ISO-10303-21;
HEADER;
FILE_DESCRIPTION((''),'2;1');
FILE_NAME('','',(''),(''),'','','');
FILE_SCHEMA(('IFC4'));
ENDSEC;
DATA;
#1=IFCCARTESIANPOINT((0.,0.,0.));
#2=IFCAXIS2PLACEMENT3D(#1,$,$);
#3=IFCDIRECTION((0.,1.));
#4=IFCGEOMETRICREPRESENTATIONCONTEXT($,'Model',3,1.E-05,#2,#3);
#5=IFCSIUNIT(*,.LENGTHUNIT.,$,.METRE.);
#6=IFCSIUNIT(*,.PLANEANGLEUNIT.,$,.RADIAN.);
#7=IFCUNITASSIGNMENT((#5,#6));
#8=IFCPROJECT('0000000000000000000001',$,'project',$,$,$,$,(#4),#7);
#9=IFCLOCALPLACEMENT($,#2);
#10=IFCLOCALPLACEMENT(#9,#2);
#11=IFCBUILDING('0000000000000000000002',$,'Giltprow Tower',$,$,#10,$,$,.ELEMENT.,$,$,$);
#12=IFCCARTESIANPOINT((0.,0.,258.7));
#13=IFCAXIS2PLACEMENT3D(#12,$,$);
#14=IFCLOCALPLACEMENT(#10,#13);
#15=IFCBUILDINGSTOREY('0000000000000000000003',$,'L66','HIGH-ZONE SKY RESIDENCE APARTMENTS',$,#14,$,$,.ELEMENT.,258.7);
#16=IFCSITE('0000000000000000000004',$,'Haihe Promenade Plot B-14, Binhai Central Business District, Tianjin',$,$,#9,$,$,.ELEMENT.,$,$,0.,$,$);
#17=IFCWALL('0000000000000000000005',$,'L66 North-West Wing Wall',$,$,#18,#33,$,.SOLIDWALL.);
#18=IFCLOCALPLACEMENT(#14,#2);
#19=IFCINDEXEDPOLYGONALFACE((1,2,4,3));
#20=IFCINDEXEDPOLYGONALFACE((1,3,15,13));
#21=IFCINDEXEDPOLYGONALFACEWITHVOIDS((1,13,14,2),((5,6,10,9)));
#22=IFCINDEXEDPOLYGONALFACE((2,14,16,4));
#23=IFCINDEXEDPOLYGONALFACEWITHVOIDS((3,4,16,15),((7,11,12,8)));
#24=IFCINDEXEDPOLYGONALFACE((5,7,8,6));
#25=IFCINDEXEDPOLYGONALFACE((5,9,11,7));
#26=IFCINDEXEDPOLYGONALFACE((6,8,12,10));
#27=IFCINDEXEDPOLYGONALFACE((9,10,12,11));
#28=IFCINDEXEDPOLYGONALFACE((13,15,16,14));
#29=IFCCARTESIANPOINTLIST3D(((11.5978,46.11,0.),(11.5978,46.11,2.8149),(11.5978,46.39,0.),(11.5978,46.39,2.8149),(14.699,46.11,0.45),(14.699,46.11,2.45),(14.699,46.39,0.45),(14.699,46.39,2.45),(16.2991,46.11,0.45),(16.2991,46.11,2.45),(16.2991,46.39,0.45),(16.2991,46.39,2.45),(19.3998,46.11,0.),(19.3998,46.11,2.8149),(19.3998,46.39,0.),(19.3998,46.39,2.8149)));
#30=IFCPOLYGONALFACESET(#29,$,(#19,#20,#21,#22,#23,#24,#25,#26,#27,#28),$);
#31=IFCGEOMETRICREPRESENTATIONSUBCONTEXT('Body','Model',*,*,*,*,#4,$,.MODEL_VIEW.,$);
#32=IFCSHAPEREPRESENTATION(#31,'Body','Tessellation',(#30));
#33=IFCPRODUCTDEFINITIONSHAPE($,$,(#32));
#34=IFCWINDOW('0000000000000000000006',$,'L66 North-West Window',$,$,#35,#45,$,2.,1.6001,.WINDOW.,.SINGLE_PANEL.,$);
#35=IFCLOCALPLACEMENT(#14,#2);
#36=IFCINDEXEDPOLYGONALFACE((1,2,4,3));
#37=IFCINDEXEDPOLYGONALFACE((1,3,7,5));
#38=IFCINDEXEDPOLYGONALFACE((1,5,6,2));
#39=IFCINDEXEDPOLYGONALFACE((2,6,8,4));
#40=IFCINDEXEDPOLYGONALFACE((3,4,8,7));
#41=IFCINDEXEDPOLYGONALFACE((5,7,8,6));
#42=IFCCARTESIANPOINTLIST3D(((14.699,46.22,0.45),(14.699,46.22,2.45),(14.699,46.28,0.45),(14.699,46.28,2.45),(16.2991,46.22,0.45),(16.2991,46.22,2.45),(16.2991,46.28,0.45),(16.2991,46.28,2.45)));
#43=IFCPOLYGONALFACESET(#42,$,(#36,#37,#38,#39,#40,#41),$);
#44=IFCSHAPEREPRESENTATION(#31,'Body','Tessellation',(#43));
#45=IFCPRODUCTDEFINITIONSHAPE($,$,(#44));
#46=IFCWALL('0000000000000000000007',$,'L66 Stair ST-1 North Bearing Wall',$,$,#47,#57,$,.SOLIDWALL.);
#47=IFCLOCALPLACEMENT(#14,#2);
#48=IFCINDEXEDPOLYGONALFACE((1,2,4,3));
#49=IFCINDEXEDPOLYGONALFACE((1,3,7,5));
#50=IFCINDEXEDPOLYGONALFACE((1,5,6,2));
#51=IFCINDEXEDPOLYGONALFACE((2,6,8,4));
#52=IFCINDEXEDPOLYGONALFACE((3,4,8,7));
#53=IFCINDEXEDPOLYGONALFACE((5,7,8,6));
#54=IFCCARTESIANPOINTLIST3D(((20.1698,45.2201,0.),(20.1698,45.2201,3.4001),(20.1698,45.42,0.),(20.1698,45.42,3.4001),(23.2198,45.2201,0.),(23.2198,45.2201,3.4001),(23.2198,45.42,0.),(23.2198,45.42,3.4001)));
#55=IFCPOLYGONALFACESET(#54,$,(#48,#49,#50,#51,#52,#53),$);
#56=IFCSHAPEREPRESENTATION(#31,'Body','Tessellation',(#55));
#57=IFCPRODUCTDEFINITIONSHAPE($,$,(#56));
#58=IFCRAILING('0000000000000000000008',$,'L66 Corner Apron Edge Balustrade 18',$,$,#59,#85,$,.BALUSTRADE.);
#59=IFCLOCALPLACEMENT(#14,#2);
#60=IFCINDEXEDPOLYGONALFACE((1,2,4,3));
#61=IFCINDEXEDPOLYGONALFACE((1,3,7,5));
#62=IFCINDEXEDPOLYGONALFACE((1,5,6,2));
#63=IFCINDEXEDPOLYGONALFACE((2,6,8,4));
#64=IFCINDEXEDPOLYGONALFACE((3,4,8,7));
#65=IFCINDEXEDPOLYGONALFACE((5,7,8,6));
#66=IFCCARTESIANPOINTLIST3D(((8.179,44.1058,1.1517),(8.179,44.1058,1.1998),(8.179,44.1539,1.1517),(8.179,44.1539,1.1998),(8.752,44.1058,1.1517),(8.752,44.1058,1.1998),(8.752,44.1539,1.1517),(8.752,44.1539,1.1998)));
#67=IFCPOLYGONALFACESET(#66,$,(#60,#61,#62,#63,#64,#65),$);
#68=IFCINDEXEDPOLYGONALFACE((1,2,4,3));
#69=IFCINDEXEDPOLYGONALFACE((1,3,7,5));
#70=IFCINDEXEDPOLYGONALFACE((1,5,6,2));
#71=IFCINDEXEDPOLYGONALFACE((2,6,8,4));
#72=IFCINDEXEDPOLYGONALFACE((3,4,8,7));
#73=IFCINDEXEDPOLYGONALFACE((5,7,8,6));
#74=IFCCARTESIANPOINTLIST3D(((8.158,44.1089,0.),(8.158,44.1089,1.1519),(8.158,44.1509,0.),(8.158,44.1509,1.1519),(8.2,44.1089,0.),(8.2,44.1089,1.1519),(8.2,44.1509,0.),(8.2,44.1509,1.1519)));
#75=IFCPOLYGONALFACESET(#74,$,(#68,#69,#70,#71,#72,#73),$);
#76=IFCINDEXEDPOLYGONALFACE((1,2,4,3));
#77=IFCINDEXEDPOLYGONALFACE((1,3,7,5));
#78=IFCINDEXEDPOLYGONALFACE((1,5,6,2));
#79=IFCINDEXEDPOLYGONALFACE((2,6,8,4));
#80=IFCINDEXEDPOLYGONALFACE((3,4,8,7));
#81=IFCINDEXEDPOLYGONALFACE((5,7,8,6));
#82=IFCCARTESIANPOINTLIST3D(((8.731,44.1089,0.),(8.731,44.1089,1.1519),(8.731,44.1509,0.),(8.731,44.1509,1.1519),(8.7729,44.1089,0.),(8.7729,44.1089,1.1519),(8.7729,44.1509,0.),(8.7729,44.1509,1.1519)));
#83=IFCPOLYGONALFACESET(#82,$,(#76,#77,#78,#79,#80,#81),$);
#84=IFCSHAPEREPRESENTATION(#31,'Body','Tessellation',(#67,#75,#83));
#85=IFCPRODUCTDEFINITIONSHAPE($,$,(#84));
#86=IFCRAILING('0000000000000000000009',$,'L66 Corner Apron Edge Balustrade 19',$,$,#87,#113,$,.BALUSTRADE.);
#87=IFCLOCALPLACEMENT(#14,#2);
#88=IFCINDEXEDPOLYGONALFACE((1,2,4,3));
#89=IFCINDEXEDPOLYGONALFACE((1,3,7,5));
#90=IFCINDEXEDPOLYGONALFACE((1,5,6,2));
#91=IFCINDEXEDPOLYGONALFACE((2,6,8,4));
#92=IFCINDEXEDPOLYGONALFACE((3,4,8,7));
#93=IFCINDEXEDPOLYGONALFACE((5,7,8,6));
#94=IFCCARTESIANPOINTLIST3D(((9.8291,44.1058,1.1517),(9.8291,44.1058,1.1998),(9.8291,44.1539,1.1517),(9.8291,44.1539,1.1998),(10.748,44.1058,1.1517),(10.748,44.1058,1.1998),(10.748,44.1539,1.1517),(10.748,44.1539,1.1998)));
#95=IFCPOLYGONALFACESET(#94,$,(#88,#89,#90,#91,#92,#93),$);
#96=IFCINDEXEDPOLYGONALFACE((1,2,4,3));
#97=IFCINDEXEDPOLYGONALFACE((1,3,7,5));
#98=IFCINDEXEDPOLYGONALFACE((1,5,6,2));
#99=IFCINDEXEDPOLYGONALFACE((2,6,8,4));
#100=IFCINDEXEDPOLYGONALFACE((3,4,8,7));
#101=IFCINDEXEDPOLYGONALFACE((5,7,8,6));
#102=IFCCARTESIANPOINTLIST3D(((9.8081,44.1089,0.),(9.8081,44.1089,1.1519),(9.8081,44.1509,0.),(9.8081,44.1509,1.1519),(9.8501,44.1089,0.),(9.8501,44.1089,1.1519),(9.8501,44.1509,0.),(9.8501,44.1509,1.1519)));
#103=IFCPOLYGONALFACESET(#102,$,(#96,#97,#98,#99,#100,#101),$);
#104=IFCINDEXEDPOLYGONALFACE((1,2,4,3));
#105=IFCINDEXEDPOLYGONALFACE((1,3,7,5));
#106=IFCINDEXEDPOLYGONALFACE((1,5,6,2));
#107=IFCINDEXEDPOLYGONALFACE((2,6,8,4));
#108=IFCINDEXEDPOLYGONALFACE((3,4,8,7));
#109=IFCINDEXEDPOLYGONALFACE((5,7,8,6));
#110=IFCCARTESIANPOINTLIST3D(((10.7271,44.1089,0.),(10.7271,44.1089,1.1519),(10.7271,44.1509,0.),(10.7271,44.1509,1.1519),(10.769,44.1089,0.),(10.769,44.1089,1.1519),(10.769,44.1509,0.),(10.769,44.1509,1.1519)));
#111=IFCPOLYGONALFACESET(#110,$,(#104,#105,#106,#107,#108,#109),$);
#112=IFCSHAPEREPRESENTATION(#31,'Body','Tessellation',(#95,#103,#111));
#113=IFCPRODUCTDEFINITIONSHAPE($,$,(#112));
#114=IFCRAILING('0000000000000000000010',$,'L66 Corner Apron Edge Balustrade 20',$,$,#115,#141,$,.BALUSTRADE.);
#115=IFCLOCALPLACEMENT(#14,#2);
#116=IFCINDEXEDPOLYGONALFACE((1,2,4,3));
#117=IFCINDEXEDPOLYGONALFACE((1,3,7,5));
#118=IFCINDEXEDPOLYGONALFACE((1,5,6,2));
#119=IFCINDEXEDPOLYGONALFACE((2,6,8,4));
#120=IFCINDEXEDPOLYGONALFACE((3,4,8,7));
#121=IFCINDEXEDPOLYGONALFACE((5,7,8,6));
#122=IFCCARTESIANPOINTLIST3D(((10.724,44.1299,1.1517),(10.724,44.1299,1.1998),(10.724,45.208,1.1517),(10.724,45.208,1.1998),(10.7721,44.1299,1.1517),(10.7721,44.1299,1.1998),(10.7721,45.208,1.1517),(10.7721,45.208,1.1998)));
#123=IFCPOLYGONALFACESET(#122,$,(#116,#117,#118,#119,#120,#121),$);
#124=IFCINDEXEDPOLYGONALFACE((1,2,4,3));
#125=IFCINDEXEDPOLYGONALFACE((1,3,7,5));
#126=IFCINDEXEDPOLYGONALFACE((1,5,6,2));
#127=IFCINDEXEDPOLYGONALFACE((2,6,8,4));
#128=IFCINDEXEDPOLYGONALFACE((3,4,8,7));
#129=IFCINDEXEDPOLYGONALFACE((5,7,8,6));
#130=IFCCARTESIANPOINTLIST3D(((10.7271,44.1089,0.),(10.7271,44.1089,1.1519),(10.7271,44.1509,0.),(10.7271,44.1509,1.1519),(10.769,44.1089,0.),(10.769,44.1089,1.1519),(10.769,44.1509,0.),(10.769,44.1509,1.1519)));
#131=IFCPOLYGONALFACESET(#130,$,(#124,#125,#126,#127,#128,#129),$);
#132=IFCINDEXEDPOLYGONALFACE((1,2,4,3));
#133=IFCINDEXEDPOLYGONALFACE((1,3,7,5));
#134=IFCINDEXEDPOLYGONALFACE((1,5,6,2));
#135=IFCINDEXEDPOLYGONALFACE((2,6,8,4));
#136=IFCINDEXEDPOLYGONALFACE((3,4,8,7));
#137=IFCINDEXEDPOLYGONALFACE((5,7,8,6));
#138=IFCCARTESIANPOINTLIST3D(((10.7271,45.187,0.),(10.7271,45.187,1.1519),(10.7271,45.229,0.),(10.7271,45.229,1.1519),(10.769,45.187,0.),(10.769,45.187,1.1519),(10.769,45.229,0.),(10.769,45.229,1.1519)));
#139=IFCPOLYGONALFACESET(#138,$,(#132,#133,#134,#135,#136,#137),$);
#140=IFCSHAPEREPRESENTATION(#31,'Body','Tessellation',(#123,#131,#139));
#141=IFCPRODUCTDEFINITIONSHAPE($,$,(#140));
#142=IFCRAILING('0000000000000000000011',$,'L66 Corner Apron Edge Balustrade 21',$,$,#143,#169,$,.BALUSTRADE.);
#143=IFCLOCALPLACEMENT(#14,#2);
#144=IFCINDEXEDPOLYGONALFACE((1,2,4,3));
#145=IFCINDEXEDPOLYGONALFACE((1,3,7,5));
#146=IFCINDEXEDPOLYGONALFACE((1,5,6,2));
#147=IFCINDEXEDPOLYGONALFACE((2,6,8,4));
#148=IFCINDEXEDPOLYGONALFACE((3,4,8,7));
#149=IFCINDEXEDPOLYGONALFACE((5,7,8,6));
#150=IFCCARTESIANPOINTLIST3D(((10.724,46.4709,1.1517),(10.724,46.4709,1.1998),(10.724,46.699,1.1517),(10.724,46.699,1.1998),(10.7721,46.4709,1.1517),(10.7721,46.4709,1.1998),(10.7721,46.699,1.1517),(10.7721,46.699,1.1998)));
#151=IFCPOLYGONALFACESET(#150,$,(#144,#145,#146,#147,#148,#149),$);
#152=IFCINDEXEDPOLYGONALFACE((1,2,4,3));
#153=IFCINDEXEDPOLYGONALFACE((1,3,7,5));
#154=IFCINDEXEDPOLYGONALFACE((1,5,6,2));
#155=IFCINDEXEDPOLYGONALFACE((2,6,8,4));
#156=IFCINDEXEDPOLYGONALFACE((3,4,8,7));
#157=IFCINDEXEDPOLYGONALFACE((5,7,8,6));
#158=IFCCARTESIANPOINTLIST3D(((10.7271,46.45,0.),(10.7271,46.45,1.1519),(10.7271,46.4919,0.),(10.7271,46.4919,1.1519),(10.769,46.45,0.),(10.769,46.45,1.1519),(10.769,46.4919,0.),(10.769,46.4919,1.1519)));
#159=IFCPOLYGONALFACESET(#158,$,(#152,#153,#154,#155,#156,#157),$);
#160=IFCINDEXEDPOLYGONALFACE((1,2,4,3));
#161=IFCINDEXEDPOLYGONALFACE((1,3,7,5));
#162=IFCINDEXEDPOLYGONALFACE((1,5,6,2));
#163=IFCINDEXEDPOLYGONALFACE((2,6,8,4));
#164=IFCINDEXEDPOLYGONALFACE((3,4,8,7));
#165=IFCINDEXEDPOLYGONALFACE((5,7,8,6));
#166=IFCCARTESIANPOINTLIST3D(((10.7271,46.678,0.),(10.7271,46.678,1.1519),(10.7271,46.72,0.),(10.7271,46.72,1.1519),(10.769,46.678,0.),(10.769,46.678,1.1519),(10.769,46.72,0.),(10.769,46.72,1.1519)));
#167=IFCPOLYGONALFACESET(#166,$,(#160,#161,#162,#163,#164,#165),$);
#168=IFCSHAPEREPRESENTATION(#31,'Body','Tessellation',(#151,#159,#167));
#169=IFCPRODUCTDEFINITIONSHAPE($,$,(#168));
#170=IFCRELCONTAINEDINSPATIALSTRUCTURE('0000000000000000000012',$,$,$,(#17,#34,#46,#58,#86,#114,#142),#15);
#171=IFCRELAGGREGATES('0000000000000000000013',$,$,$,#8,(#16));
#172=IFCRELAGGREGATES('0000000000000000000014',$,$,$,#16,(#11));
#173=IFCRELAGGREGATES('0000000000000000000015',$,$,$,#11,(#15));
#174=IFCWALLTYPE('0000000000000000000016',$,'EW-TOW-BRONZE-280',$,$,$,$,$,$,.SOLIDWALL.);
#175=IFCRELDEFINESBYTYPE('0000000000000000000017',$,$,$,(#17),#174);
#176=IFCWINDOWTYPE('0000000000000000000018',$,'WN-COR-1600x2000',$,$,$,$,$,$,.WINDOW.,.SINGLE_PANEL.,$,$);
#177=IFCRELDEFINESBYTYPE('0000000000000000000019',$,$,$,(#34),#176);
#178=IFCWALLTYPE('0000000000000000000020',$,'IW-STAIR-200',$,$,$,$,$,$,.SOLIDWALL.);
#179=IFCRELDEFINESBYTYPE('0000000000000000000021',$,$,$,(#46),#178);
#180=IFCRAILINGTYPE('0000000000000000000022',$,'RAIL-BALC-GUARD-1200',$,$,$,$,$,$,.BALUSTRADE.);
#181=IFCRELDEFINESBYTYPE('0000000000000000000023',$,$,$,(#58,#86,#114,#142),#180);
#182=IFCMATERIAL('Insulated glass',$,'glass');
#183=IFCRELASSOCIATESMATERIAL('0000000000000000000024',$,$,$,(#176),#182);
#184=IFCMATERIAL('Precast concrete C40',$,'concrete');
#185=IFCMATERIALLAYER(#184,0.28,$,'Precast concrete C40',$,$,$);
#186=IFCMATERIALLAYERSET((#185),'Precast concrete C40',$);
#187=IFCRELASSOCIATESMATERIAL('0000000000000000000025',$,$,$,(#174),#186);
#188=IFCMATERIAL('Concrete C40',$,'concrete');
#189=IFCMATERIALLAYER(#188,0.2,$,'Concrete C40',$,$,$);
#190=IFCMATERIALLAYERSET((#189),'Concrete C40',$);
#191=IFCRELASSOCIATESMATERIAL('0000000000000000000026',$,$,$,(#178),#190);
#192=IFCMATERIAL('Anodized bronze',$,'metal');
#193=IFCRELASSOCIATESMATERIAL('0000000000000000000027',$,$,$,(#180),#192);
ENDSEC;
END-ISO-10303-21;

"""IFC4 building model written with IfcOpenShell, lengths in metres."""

from ifc_helpers import new_model, si_unit, direction, frame, frame_2d, origin, origin_2d, place, context, subcontext, project, spatial, rectangle, extrude, source, transform, mapped, material, layer, layer_set, type_object, element, fill, save


model = new_model("IFC4")

# Units and contexts
model_context = context("Model", 3, precision=1e-05, world=origin(), true_north=direction((0.0, 1.0)))
body_context = subcontext(model_context, "Body", "Model", "MODEL_VIEW")
ifc_project = project(units=[si_unit("LENGTHUNIT", "METRE"), si_unit("PLANEANGLEUNIT", "RADIAN")], contexts=[model_context])

# Site, building, storey
site_placement = place(None, origin())
site = spatial("IfcSite", under=ifc_project, at=site_placement, Name="Haihe Promenade Plot B-14, Binhai Central Business District, Tianjin", CompositionType="ELEMENT", RefElevation=0.0)
building_placement = place(site_placement, origin())
building = spatial("IfcBuilding", under=site, at=building_placement, Name="Giltprow Tower", CompositionType="ELEMENT")
storey_placement = place(building_placement, frame((0.0, 0.0, 258.7)))
storey = spatial("IfcBuildingStorey", under=building, at=storey_placement, Name="L66", Description="HIGH-ZONE SKY RESIDENCE APARTMENTS", CompositionType="ELEMENT", Elevation=258.7)

# Wall, opening, window
ifc_material_1 = material(Name="Precast concrete C40", Category="concrete")
ifc_material_2 = material(Name="Insulated glass", Category="glass")
window_type = type_object("IfcWindowType", Name="WN-COR-1600x2000", PartitioningType="SINGLE_PANEL", PredefinedType="WINDOW", material=ifc_material_2)
shared_shape_1 = source(origin(), body_context, "Body", "SweptSolid", [
    extrude(rectangle(XDim=1.6001, YDim=2.0, at=frame_2d((0.8, 1.0))), frame((0.0, 0.03, 0.0), z_axis=(0.0, -1.0, 0.0), x_axis=(1.0, 0.0, 0.0)), (0.0, 0.0, 1.0), 0.0601),
])
ifc_layer_1 = layer(ifc_material_1, 0.28, Name="Precast concrete C40")
ifc_layer_set_1 = layer_set([ifc_layer_1], Name="Precast concrete C40")
wall_type_1 = type_object("IfcWallType", Name="EW-TOW-BRONZE-280", PredefinedType="SOLIDWALL", material=ifc_layer_set_1)
wall_1_placement = place(storey_placement, frame((11.5979, 46.25, 0.0), z_axis=(0.0, 0.0, 1.0), x_axis=(1.0, 0.0, 0.0)))
wall_1 = element("IfcWall", 1, at=wall_1_placement, inside=storey, type_object=wall_type_1, Name="L66 North-West Wing Wall", PredefinedType="SOLIDWALL", context=body_context, shape_type="SweptSolid", body=[
    extrude(rectangle(XDim=7.802, YDim=0.28, at=frame_2d((3.9009, 0.0))), origin(), (0.0, 0.0, 1.0), 2.8149),
])
opening_1_placement = place(wall_1_placement, frame((3.1011, 0.0, 0.45)))
opening_1 = element("IfcOpeningElement", 2, at=opening_1_placement, cuts=wall_1, PredefinedType="OPENING", context=body_context, shape_type="SweptSolid", body=[
    extrude(rectangle(XDim=1.6001, YDim=2.0, at=frame_2d((0.8, 1.0))), frame((0.0, 0.1499, 0.0), z_axis=(0.0, -1.0, 0.0), x_axis=(1.0, 0.0, 0.0)), (0.0, 0.0, 1.0), 0.3),
])
window_1_placement = place(opening_1_placement, origin())
window_1 = element("IfcWindow", 3, at=window_1_placement, inside=storey, type_object=window_type, Name="L66 North-West Window", OverallHeight=2.0, OverallWidth=1.6001, PartitioningType="SINGLE_PANEL", PredefinedType="WINDOW", context=body_context, shape_type="MappedRepresentation", body=[
    mapped(shared_shape_1, transform((0.0, 0.0, 0.0), x_axis=(1.0, 0.0, 0.0), y_axis=(0.0, 1.0, 0.0), z_axis=(0.0, 0.0, 1.0), scale=1.0)),
])
fill(opening_1, window_1)

# Wall
ifc_material_3 = material(Name="Concrete C40", Category="concrete")
ifc_layer_2 = layer(ifc_material_3, 0.2, Name="Concrete C40")
ifc_layer_set_2 = layer_set([ifc_layer_2], Name="Concrete C40")
wall_type_2 = type_object("IfcWallType", Name="IW-STAIR-200", PredefinedType="SOLIDWALL", material=ifc_layer_set_2)
wall_2_placement = place(storey_placement, frame((20.1699, 45.3201, 0.0), z_axis=(0.0, 0.0, 1.0), x_axis=(1.0, 0.0, 0.0)))
element("IfcWall", 4, at=wall_2_placement, inside=storey, type_object=wall_type_2, Name="L66 Stair ST-1 North Bearing Wall", PredefinedType="SOLIDWALL", context=body_context, shape_type="SweptSolid", body=[
    extrude(rectangle(XDim=3.05, YDim=0.2, at=frame_2d((1.5249, 0.0))), origin(), (0.0, 0.0, 1.0), 3.4001),
])

# Railings
ifc_material_4 = material(Name="Anodized bronze", Category="metal")
railing_type = type_object("IfcRailingType", Name="RAIL-BALC-GUARD-1200", PredefinedType="BALUSTRADE", material=ifc_material_4)
railing_1_placement = place(storey_placement, frame((8.179, 44.1299, 0.0)))
element("IfcRailing", 5, at=railing_1_placement, inside=storey, type_object=railing_type, Name="L66 Corner Apron Edge Balustrade 18", PredefinedType="BALUSTRADE", context=body_context, shape_type="SweptSolid", body=[
    extrude(rectangle(XDim=0.0481, YDim=0.0481, at=origin_2d()), frame((0.0, 0.0, 1.1758), z_axis=(1.0, 0.0, 0.0), x_axis=(0.0, 1.0, 0.0)), (0.0, 0.0, 1.0), 0.573),
    extrude(rectangle(XDim=0.042, YDim=0.042, at=origin_2d()), origin(), (0.0, 0.0, 1.0), 1.1519),
    extrude(rectangle(XDim=0.042, YDim=0.042, at=origin_2d()), frame((0.573, 0.0, 0.0)), (0.0, 0.0, 1.0), 1.1519),
])
railing_2_placement = place(storey_placement, frame((9.8291, 44.1299, 0.0)))
element("IfcRailing", 6, at=railing_2_placement, inside=storey, type_object=railing_type, Name="L66 Corner Apron Edge Balustrade 19", PredefinedType="BALUSTRADE", context=body_context, shape_type="SweptSolid", body=[
    extrude(rectangle(XDim=0.0481, YDim=0.0481, at=origin_2d()), frame((0.0, 0.0, 1.1758), z_axis=(1.0, 0.0, 0.0), x_axis=(0.0, 1.0, 0.0)), (0.0, 0.0, 1.0), 0.9189),
    extrude(rectangle(XDim=0.042, YDim=0.042, at=origin_2d()), origin(), (0.0, 0.0, 1.0), 1.1519),
    extrude(rectangle(XDim=0.042, YDim=0.042, at=origin_2d()), frame((0.9189, 0.0, 0.0)), (0.0, 0.0, 1.0), 1.1519),
])
railing_3_placement = place(storey_placement, frame((10.748, 44.1299, 0.0)))
element("IfcRailing", 7, at=railing_3_placement, inside=storey, type_object=railing_type, Name="L66 Corner Apron Edge Balustrade 20", PredefinedType="BALUSTRADE", context=body_context, shape_type="SweptSolid", body=[
    extrude(rectangle(XDim=0.0481, YDim=0.0481, at=origin_2d()), frame((0.0, 0.0, 1.1758), z_axis=(0.0, 1.0, 0.0), x_axis=(-1.0, 0.0, 0.0)), (0.0, 0.0, 1.0), 1.0781),
    extrude(rectangle(XDim=0.042, YDim=0.042, at=origin_2d()), origin(), (0.0, 0.0, 1.0), 1.1519),
    extrude(rectangle(XDim=0.042, YDim=0.042, at=origin_2d()), frame((0.0, 1.0781, 0.0)), (0.0, 0.0, 1.0), 1.1519),
])
railing_4_placement = place(storey_placement, frame((10.748, 46.4709, 0.0)))
element("IfcRailing", 8, at=railing_4_placement, inside=storey, type_object=railing_type, Name="L66 Corner Apron Edge Balustrade 21", PredefinedType="BALUSTRADE", context=body_context, shape_type="SweptSolid", body=[
    extrude(rectangle(XDim=0.0481, YDim=0.0481, at=origin_2d()), frame((0.0, 0.0, 1.1758), z_axis=(0.0, 1.0, 0.0), x_axis=(-1.0, 0.0, 0.0)), (0.0, 0.0, 1.0), 0.228),
    extrude(rectangle(XDim=0.042, YDim=0.042, at=origin_2d()), origin(), (0.0, 0.0, 1.0), 1.1519),
    extrude(rectangle(XDim=0.042, YDim=0.042, at=origin_2d()), frame((0.0, 0.228, 0.0)), (0.0, 0.0, 1.0), 1.1519),
])

save(model, "model.ifc")
